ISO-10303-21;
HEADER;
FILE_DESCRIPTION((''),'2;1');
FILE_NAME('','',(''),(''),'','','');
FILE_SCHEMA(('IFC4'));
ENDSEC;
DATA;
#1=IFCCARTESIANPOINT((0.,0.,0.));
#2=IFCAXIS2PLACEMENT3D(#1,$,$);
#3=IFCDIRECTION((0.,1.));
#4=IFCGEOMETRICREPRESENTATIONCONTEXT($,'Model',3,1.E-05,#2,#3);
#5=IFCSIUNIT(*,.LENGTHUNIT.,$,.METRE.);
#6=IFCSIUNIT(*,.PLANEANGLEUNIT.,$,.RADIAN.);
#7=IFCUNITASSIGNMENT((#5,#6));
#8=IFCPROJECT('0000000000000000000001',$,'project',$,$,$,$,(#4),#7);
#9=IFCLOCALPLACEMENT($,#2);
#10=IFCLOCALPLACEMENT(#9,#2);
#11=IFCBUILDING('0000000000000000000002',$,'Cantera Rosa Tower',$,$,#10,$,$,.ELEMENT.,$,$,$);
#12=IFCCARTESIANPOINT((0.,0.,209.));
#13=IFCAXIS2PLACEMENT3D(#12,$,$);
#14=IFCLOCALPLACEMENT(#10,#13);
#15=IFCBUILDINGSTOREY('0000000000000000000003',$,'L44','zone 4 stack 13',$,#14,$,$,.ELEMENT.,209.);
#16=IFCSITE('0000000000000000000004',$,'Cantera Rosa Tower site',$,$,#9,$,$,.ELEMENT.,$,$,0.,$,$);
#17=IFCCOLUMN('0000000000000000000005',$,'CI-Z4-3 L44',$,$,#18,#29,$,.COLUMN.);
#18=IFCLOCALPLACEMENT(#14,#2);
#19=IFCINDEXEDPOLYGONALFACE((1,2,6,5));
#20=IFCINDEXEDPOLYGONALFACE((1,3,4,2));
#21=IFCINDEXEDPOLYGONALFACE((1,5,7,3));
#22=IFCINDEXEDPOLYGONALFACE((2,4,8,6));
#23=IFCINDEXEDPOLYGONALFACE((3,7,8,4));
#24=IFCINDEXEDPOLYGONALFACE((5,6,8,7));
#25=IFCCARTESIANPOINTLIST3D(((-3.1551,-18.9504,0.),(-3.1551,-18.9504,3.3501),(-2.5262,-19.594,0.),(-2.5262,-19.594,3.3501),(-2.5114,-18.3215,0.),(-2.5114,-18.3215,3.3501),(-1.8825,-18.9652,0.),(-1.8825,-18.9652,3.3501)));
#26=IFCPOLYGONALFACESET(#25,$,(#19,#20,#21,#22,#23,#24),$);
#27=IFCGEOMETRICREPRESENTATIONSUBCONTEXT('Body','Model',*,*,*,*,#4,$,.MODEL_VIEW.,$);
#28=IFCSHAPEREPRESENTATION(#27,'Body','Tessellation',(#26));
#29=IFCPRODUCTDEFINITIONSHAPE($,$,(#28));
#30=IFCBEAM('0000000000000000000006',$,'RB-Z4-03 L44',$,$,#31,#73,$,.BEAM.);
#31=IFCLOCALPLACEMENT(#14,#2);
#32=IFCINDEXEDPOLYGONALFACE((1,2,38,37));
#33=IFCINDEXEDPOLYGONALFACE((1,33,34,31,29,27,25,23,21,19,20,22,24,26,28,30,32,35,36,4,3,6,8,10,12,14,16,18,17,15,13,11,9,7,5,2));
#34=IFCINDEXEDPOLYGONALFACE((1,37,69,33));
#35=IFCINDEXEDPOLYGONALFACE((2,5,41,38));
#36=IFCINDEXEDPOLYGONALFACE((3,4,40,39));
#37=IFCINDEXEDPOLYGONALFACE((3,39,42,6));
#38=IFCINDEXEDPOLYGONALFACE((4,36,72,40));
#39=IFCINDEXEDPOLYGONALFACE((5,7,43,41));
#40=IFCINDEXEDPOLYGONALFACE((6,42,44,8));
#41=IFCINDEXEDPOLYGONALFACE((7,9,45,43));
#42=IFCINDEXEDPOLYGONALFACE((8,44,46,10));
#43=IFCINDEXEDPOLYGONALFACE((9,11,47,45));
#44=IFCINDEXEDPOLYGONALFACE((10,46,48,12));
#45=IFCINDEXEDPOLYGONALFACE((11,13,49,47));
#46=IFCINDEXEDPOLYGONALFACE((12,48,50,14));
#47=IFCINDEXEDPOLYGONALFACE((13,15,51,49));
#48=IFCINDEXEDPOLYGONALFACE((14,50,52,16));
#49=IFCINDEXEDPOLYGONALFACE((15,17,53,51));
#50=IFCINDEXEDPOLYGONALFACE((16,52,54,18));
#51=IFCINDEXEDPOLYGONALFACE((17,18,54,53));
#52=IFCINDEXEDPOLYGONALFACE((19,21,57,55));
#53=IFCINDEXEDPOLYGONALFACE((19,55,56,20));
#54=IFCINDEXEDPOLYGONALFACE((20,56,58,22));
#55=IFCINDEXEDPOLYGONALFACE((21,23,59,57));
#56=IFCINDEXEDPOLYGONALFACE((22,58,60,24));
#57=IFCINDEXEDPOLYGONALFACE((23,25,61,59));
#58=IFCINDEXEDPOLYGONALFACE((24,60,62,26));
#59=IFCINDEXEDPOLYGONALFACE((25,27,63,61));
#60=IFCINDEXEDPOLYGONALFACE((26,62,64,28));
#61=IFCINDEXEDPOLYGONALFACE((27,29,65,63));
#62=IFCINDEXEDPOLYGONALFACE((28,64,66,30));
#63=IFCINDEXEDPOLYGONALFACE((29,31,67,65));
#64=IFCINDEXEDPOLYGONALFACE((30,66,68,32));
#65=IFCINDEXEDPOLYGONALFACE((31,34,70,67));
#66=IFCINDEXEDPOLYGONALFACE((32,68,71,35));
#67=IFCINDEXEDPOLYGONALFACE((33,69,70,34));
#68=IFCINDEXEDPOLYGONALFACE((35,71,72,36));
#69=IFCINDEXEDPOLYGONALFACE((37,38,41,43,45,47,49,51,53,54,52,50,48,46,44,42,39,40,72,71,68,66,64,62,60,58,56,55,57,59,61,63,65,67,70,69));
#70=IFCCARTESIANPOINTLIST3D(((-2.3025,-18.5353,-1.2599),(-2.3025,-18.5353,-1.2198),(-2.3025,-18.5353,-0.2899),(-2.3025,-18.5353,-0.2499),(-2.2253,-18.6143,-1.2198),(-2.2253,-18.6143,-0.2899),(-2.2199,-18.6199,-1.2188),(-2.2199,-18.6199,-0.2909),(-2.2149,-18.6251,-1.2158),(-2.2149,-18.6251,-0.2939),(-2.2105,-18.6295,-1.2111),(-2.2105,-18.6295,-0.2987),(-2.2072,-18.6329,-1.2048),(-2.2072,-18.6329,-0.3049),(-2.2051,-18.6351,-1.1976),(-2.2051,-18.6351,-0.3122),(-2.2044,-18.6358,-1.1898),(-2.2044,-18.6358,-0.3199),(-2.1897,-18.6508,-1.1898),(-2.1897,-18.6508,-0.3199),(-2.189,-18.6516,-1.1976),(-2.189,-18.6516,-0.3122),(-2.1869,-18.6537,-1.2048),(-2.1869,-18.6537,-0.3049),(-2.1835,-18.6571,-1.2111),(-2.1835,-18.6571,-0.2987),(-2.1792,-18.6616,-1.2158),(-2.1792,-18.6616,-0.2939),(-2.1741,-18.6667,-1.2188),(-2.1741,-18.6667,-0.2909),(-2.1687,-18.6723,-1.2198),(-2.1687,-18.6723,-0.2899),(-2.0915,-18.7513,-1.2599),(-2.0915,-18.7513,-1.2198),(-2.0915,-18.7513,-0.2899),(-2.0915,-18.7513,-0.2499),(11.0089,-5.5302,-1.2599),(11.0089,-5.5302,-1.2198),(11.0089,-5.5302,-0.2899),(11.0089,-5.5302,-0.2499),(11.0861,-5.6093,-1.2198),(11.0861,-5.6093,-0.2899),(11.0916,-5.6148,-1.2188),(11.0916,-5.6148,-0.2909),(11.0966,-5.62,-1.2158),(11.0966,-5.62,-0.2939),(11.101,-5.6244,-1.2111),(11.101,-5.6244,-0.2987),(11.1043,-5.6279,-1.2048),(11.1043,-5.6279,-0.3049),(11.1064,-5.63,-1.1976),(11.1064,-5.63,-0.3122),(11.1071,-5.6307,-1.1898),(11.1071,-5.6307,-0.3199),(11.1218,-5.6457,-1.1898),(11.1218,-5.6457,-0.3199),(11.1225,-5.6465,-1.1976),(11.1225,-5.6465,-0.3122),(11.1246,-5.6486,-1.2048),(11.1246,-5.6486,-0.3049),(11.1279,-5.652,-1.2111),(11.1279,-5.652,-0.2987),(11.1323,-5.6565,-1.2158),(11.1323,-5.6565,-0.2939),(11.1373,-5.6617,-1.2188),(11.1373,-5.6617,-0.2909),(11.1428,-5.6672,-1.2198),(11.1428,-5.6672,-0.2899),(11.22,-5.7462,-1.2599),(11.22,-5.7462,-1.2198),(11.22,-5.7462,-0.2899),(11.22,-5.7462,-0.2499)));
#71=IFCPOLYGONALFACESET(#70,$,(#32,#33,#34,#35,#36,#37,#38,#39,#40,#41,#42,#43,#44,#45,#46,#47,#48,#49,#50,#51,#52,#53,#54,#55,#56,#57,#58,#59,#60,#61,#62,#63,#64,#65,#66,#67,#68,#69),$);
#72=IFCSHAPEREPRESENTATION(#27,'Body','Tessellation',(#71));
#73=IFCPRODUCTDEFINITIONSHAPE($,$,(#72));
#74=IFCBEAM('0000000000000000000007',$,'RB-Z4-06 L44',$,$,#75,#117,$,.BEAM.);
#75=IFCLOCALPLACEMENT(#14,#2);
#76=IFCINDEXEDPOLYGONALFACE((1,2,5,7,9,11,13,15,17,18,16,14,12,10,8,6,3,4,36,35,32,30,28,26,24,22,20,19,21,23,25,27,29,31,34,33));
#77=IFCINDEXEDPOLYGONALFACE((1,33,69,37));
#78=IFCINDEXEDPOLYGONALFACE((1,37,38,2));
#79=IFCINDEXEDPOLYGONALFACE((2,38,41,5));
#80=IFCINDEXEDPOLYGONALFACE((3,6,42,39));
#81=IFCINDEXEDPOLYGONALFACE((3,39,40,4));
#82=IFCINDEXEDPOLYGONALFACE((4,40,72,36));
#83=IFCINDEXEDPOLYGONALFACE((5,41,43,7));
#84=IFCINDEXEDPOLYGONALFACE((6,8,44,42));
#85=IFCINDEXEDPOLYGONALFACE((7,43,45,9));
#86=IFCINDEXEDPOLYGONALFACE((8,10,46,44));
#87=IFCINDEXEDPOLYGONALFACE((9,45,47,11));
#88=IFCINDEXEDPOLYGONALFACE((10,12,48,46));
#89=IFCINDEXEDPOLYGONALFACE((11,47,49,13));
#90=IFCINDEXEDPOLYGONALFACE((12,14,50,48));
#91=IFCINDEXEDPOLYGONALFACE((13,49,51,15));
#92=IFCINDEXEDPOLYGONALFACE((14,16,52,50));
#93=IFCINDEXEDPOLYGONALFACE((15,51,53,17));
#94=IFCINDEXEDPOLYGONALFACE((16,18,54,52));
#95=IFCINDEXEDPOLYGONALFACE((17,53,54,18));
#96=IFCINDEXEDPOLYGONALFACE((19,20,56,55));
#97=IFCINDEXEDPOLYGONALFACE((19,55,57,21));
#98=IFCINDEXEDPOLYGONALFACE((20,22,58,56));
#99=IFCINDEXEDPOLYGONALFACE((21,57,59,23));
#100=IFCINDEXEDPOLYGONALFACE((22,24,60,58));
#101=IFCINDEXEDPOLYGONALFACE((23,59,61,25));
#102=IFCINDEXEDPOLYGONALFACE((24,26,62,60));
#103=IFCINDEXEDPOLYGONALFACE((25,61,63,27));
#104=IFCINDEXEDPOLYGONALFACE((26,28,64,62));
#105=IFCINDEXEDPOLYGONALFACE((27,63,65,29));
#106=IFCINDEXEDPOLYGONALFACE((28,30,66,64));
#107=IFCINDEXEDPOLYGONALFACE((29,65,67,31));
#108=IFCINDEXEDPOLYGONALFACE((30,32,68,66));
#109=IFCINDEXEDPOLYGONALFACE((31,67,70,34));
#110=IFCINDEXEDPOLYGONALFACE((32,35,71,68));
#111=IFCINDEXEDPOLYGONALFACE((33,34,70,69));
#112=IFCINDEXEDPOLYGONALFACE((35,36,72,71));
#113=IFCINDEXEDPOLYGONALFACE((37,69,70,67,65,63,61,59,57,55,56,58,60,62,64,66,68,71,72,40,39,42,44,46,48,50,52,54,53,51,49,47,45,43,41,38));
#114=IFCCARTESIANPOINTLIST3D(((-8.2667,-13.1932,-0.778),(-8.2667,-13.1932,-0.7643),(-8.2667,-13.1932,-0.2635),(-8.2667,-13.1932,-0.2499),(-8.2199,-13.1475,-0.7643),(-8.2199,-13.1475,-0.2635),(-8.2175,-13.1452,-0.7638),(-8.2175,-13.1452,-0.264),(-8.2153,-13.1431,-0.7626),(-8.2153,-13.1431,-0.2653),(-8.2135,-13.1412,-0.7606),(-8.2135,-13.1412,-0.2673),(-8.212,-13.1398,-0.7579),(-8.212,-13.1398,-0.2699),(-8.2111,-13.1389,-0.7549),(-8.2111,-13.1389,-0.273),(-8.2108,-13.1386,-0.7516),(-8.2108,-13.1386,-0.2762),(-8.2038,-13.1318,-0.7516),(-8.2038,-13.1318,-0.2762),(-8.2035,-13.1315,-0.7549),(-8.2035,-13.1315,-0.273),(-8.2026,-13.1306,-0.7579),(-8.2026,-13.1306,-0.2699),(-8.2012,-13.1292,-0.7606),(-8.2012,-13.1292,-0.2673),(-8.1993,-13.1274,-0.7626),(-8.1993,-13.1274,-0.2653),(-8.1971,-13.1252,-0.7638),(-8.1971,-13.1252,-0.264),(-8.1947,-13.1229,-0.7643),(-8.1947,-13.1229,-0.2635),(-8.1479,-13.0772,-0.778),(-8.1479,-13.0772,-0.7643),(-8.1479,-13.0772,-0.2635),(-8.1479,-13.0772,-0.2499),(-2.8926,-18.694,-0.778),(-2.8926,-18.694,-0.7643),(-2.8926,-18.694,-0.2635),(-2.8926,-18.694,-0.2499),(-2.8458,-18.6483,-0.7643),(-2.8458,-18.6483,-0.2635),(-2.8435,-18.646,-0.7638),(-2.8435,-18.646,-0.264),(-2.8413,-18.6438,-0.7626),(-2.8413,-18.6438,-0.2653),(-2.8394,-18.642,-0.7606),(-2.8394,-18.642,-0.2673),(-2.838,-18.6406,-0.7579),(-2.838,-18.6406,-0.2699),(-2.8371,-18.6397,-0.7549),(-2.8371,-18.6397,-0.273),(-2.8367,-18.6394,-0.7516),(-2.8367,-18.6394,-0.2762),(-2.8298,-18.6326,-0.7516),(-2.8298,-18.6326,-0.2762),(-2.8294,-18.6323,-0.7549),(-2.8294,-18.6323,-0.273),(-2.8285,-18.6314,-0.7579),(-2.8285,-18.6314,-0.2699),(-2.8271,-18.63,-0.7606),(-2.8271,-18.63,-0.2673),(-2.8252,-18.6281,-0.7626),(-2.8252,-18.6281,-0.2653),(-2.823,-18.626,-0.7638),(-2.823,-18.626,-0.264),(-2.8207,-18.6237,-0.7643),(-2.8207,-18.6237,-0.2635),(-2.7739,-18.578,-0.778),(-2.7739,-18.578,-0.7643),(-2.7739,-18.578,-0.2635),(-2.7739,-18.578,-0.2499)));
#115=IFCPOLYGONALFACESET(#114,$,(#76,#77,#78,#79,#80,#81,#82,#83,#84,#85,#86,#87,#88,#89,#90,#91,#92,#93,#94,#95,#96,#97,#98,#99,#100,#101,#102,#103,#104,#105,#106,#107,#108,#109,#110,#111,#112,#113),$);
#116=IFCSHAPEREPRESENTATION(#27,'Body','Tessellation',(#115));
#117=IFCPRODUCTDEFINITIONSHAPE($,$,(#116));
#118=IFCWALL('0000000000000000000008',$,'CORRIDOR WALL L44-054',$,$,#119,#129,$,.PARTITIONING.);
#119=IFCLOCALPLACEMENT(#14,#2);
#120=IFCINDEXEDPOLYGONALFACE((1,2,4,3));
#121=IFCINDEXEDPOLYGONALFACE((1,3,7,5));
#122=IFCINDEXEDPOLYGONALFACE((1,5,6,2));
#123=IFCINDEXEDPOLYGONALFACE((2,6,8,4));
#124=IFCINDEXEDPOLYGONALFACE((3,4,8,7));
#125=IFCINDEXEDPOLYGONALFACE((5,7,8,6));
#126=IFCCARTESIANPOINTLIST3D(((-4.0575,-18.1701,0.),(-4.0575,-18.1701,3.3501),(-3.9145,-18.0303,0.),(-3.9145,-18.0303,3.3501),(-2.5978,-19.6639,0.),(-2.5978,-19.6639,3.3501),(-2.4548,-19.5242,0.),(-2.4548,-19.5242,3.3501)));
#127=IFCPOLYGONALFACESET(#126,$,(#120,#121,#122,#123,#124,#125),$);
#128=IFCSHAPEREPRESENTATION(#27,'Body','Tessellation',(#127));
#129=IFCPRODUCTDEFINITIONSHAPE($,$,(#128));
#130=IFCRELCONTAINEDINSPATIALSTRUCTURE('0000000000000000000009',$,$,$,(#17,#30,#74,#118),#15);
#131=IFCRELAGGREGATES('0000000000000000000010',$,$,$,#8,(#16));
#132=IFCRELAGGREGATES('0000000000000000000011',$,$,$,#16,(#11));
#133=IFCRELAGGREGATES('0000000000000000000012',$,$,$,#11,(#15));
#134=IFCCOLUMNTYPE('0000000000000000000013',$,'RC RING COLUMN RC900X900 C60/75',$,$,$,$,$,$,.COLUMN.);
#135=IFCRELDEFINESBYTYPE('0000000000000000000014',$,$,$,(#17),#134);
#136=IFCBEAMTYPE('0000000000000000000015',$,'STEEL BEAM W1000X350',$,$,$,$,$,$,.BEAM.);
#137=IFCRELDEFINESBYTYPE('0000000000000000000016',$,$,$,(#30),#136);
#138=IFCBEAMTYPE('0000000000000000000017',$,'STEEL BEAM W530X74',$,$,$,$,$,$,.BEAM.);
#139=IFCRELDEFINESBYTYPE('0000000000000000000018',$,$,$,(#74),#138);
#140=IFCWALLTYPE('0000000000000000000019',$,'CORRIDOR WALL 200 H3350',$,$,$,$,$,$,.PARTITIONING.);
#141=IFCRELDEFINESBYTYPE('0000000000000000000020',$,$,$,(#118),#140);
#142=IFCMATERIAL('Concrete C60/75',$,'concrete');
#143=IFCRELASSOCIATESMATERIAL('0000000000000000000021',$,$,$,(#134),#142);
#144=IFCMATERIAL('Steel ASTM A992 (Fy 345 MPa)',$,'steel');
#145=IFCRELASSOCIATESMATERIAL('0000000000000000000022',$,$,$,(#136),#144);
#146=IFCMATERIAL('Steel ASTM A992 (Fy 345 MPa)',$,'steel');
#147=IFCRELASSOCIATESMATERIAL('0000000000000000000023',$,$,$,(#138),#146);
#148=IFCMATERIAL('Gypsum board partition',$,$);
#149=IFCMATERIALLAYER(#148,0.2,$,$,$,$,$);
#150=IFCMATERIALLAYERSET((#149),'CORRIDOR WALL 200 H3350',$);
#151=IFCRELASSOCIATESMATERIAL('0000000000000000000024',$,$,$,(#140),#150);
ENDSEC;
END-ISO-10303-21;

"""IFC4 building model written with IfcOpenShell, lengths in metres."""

from ifc_helpers import new_model, si_unit, direction, frame, frame_2d, origin, origin_2d, place, context, subcontext, project, spatial, rectangle, i_section, extrude, material, layer, layer_set, material_profile, profile_set, type_object, element, save


model = new_model("IFC4")

# Units and contexts
model_context = context("Model", 3, precision=1e-05, world=origin(), true_north=direction((0.0, 1.0)))
body_context = subcontext(model_context, "Body", "Model", "MODEL_VIEW")
ifc_project = project(units=[si_unit("LENGTHUNIT", "METRE"), si_unit("PLANEANGLEUNIT", "RADIAN")], contexts=[model_context])

# Site, building, storey
site_placement = place(None, origin())
site = spatial("IfcSite", under=ifc_project, at=site_placement, Name="Cantera Rosa Tower site", CompositionType="ELEMENT", RefElevation=0.0)
building_placement = place(site_placement, origin())
building = spatial("IfcBuilding", under=site, at=building_placement, Name="Cantera Rosa Tower", CompositionType="ELEMENT")
storey_placement = place(building_placement, frame((0.0, 0.0, 209.0)))
storey = spatial("IfcBuildingStorey", under=building, at=storey_placement, Name="L44", Description="zone 4 stack 13", CompositionType="ELEMENT", Elevation=209.0)

# Column
ifc_material_1 = material(Name="Concrete C60/75", Category="concrete")
ifc_material_profile_1 = material_profile(ifc_material_1, rectangle(XDim=0.8999, YDim=0.8999, at=origin_2d()), Name="RC RING COLUMN RC900X900 C60/75")
ifc_profile_set_1 = profile_set([ifc_material_profile_1], Name="Concrete C60/75")
column_type = type_object("IfcColumnType", Name="RC RING COLUMN RC900X900 C60/75", PredefinedType="COLUMN", material=ifc_profile_set_1)
column_placement = place(storey_placement, frame((-2.5188, -18.9578, 0.0), z_axis=(0.0, 0.0, 1.0), x_axis=(0.715286, 0.698832, 0.0)))
element("IfcColumn", 1, at=column_placement, inside=storey, type_object=column_type, Name="CI-Z4-3 L44", PredefinedType="COLUMN", context=body_context, shape_type="SweptSolid", body=[
    extrude(rectangle(XDim=0.8999, YDim=0.8999, at=origin_2d()), origin(), (0.0, 0.0, 1.0), 3.3501),
])

# Beams
ifc_material_2 = material(Name="Steel ASTM A992 (Fy 345 MPa)", Category="steel")
ifc_material_profile_2 = material_profile(ifc_material_2, i_section(OverallWidth=0.302, OverallDepth=1.01, WebThickness=0.021, FlangeThickness=0.04, FilletRadius=0.03, at=origin_2d()), Name="W1000X350")
ifc_profile_set_2 = profile_set([ifc_material_profile_2], Name="Steel ASTM A992 (Fy 345 MPa)")
beam_type_1 = type_object("IfcBeamType", Name="STEEL BEAM W1000X350", PredefinedType="BEAM", material=ifc_profile_set_2)
beam_1_placement = place(storey_placement, frame((-2.197, -18.6433, -0.7549), z_axis=(0.715291, 0.698827, 0.0), x_axis=(-0.698827, 0.715291, 0.0)))
element("IfcBeam", 2, at=beam_1_placement, inside=storey, type_object=beam_type_1, Name="RB-Z4-03 L44", PredefinedType="BEAM", context=body_context, shape_type="SweptSolid", body=[
    extrude(i_section(OverallWidth=0.302, OverallDepth=1.01, WebThickness=0.021, FlangeThickness=0.04, FilletRadius=0.03, at=origin_2d()), origin(), (0.0, 0.0, 1.0), 18.6099),
])
ifc_material_3 = material(Name="Steel ASTM A992 (Fy 345 MPa)", Category="steel")
ifc_material_profile_3 = material_profile(ifc_material_3, i_section(OverallWidth=0.166, OverallDepth=0.5281, WebThickness=0.0098, FlangeThickness=0.0137, FilletRadius=0.0127, at=origin_2d()), Name="W530X74")
ifc_profile_set_3 = profile_set([ifc_material_profile_3], Name="Steel ASTM A992 (Fy 345 MPa)")
beam_type_2 = type_object("IfcBeamType", Name="STEEL BEAM W530X74", PredefinedType="BEAM", material=ifc_profile_set_3)
beam_2_placement = place(storey_placement, frame((-2.8333, -18.636, -0.5139), z_axis=(-0.69882, 0.715297, 0.0), x_axis=(-0.715297, -0.69882, 0.0)))
element("IfcBeam", 3, at=beam_2_placement, inside=storey, type_object=beam_type_2, Name="RB-Z4-06 L44", PredefinedType="BEAM", context=body_context, shape_type="SweptSolid", body=[
    extrude(i_section(OverallWidth=0.166, OverallDepth=0.5281, WebThickness=0.0098, FlangeThickness=0.0137, FilletRadius=0.0127, at=origin_2d()), origin(), (0.0, 0.0, 1.0), 7.6902),
])

# Wall
ifc_material_4 = material(Name="Gypsum board partition")
ifc_layer_1 = layer(ifc_material_4, 0.2)
ifc_layer_set_1 = layer_set([ifc_layer_1], Name="CORRIDOR WALL 200 H3350")
wall_type_1 = type_object("IfcWallType", Name="CORRIDOR WALL 200 H3350", PredefinedType="PARTITIONING", material=ifc_layer_set_1)
wall_1_placement = place(storey_placement, frame((-3.9861, -18.1001, 0.0), z_axis=(0.0, 0.0, 1.0), x_axis=(0.698877, -0.715242, 0.0)))
element("IfcWall", 4, at=wall_1_placement, inside=storey, type_object=wall_type_1, Name="CORRIDOR WALL L44-054", PredefinedType="PARTITIONING", context=body_context, shape_type="SweptSolid", body=[
    extrude(rectangle(XDim=2.0886, YDim=0.2, at=frame_2d((1.0444, 0.0))), origin(), (0.0, 0.0, 1.0), 3.3501),
])

save(model, "model.ifc")
